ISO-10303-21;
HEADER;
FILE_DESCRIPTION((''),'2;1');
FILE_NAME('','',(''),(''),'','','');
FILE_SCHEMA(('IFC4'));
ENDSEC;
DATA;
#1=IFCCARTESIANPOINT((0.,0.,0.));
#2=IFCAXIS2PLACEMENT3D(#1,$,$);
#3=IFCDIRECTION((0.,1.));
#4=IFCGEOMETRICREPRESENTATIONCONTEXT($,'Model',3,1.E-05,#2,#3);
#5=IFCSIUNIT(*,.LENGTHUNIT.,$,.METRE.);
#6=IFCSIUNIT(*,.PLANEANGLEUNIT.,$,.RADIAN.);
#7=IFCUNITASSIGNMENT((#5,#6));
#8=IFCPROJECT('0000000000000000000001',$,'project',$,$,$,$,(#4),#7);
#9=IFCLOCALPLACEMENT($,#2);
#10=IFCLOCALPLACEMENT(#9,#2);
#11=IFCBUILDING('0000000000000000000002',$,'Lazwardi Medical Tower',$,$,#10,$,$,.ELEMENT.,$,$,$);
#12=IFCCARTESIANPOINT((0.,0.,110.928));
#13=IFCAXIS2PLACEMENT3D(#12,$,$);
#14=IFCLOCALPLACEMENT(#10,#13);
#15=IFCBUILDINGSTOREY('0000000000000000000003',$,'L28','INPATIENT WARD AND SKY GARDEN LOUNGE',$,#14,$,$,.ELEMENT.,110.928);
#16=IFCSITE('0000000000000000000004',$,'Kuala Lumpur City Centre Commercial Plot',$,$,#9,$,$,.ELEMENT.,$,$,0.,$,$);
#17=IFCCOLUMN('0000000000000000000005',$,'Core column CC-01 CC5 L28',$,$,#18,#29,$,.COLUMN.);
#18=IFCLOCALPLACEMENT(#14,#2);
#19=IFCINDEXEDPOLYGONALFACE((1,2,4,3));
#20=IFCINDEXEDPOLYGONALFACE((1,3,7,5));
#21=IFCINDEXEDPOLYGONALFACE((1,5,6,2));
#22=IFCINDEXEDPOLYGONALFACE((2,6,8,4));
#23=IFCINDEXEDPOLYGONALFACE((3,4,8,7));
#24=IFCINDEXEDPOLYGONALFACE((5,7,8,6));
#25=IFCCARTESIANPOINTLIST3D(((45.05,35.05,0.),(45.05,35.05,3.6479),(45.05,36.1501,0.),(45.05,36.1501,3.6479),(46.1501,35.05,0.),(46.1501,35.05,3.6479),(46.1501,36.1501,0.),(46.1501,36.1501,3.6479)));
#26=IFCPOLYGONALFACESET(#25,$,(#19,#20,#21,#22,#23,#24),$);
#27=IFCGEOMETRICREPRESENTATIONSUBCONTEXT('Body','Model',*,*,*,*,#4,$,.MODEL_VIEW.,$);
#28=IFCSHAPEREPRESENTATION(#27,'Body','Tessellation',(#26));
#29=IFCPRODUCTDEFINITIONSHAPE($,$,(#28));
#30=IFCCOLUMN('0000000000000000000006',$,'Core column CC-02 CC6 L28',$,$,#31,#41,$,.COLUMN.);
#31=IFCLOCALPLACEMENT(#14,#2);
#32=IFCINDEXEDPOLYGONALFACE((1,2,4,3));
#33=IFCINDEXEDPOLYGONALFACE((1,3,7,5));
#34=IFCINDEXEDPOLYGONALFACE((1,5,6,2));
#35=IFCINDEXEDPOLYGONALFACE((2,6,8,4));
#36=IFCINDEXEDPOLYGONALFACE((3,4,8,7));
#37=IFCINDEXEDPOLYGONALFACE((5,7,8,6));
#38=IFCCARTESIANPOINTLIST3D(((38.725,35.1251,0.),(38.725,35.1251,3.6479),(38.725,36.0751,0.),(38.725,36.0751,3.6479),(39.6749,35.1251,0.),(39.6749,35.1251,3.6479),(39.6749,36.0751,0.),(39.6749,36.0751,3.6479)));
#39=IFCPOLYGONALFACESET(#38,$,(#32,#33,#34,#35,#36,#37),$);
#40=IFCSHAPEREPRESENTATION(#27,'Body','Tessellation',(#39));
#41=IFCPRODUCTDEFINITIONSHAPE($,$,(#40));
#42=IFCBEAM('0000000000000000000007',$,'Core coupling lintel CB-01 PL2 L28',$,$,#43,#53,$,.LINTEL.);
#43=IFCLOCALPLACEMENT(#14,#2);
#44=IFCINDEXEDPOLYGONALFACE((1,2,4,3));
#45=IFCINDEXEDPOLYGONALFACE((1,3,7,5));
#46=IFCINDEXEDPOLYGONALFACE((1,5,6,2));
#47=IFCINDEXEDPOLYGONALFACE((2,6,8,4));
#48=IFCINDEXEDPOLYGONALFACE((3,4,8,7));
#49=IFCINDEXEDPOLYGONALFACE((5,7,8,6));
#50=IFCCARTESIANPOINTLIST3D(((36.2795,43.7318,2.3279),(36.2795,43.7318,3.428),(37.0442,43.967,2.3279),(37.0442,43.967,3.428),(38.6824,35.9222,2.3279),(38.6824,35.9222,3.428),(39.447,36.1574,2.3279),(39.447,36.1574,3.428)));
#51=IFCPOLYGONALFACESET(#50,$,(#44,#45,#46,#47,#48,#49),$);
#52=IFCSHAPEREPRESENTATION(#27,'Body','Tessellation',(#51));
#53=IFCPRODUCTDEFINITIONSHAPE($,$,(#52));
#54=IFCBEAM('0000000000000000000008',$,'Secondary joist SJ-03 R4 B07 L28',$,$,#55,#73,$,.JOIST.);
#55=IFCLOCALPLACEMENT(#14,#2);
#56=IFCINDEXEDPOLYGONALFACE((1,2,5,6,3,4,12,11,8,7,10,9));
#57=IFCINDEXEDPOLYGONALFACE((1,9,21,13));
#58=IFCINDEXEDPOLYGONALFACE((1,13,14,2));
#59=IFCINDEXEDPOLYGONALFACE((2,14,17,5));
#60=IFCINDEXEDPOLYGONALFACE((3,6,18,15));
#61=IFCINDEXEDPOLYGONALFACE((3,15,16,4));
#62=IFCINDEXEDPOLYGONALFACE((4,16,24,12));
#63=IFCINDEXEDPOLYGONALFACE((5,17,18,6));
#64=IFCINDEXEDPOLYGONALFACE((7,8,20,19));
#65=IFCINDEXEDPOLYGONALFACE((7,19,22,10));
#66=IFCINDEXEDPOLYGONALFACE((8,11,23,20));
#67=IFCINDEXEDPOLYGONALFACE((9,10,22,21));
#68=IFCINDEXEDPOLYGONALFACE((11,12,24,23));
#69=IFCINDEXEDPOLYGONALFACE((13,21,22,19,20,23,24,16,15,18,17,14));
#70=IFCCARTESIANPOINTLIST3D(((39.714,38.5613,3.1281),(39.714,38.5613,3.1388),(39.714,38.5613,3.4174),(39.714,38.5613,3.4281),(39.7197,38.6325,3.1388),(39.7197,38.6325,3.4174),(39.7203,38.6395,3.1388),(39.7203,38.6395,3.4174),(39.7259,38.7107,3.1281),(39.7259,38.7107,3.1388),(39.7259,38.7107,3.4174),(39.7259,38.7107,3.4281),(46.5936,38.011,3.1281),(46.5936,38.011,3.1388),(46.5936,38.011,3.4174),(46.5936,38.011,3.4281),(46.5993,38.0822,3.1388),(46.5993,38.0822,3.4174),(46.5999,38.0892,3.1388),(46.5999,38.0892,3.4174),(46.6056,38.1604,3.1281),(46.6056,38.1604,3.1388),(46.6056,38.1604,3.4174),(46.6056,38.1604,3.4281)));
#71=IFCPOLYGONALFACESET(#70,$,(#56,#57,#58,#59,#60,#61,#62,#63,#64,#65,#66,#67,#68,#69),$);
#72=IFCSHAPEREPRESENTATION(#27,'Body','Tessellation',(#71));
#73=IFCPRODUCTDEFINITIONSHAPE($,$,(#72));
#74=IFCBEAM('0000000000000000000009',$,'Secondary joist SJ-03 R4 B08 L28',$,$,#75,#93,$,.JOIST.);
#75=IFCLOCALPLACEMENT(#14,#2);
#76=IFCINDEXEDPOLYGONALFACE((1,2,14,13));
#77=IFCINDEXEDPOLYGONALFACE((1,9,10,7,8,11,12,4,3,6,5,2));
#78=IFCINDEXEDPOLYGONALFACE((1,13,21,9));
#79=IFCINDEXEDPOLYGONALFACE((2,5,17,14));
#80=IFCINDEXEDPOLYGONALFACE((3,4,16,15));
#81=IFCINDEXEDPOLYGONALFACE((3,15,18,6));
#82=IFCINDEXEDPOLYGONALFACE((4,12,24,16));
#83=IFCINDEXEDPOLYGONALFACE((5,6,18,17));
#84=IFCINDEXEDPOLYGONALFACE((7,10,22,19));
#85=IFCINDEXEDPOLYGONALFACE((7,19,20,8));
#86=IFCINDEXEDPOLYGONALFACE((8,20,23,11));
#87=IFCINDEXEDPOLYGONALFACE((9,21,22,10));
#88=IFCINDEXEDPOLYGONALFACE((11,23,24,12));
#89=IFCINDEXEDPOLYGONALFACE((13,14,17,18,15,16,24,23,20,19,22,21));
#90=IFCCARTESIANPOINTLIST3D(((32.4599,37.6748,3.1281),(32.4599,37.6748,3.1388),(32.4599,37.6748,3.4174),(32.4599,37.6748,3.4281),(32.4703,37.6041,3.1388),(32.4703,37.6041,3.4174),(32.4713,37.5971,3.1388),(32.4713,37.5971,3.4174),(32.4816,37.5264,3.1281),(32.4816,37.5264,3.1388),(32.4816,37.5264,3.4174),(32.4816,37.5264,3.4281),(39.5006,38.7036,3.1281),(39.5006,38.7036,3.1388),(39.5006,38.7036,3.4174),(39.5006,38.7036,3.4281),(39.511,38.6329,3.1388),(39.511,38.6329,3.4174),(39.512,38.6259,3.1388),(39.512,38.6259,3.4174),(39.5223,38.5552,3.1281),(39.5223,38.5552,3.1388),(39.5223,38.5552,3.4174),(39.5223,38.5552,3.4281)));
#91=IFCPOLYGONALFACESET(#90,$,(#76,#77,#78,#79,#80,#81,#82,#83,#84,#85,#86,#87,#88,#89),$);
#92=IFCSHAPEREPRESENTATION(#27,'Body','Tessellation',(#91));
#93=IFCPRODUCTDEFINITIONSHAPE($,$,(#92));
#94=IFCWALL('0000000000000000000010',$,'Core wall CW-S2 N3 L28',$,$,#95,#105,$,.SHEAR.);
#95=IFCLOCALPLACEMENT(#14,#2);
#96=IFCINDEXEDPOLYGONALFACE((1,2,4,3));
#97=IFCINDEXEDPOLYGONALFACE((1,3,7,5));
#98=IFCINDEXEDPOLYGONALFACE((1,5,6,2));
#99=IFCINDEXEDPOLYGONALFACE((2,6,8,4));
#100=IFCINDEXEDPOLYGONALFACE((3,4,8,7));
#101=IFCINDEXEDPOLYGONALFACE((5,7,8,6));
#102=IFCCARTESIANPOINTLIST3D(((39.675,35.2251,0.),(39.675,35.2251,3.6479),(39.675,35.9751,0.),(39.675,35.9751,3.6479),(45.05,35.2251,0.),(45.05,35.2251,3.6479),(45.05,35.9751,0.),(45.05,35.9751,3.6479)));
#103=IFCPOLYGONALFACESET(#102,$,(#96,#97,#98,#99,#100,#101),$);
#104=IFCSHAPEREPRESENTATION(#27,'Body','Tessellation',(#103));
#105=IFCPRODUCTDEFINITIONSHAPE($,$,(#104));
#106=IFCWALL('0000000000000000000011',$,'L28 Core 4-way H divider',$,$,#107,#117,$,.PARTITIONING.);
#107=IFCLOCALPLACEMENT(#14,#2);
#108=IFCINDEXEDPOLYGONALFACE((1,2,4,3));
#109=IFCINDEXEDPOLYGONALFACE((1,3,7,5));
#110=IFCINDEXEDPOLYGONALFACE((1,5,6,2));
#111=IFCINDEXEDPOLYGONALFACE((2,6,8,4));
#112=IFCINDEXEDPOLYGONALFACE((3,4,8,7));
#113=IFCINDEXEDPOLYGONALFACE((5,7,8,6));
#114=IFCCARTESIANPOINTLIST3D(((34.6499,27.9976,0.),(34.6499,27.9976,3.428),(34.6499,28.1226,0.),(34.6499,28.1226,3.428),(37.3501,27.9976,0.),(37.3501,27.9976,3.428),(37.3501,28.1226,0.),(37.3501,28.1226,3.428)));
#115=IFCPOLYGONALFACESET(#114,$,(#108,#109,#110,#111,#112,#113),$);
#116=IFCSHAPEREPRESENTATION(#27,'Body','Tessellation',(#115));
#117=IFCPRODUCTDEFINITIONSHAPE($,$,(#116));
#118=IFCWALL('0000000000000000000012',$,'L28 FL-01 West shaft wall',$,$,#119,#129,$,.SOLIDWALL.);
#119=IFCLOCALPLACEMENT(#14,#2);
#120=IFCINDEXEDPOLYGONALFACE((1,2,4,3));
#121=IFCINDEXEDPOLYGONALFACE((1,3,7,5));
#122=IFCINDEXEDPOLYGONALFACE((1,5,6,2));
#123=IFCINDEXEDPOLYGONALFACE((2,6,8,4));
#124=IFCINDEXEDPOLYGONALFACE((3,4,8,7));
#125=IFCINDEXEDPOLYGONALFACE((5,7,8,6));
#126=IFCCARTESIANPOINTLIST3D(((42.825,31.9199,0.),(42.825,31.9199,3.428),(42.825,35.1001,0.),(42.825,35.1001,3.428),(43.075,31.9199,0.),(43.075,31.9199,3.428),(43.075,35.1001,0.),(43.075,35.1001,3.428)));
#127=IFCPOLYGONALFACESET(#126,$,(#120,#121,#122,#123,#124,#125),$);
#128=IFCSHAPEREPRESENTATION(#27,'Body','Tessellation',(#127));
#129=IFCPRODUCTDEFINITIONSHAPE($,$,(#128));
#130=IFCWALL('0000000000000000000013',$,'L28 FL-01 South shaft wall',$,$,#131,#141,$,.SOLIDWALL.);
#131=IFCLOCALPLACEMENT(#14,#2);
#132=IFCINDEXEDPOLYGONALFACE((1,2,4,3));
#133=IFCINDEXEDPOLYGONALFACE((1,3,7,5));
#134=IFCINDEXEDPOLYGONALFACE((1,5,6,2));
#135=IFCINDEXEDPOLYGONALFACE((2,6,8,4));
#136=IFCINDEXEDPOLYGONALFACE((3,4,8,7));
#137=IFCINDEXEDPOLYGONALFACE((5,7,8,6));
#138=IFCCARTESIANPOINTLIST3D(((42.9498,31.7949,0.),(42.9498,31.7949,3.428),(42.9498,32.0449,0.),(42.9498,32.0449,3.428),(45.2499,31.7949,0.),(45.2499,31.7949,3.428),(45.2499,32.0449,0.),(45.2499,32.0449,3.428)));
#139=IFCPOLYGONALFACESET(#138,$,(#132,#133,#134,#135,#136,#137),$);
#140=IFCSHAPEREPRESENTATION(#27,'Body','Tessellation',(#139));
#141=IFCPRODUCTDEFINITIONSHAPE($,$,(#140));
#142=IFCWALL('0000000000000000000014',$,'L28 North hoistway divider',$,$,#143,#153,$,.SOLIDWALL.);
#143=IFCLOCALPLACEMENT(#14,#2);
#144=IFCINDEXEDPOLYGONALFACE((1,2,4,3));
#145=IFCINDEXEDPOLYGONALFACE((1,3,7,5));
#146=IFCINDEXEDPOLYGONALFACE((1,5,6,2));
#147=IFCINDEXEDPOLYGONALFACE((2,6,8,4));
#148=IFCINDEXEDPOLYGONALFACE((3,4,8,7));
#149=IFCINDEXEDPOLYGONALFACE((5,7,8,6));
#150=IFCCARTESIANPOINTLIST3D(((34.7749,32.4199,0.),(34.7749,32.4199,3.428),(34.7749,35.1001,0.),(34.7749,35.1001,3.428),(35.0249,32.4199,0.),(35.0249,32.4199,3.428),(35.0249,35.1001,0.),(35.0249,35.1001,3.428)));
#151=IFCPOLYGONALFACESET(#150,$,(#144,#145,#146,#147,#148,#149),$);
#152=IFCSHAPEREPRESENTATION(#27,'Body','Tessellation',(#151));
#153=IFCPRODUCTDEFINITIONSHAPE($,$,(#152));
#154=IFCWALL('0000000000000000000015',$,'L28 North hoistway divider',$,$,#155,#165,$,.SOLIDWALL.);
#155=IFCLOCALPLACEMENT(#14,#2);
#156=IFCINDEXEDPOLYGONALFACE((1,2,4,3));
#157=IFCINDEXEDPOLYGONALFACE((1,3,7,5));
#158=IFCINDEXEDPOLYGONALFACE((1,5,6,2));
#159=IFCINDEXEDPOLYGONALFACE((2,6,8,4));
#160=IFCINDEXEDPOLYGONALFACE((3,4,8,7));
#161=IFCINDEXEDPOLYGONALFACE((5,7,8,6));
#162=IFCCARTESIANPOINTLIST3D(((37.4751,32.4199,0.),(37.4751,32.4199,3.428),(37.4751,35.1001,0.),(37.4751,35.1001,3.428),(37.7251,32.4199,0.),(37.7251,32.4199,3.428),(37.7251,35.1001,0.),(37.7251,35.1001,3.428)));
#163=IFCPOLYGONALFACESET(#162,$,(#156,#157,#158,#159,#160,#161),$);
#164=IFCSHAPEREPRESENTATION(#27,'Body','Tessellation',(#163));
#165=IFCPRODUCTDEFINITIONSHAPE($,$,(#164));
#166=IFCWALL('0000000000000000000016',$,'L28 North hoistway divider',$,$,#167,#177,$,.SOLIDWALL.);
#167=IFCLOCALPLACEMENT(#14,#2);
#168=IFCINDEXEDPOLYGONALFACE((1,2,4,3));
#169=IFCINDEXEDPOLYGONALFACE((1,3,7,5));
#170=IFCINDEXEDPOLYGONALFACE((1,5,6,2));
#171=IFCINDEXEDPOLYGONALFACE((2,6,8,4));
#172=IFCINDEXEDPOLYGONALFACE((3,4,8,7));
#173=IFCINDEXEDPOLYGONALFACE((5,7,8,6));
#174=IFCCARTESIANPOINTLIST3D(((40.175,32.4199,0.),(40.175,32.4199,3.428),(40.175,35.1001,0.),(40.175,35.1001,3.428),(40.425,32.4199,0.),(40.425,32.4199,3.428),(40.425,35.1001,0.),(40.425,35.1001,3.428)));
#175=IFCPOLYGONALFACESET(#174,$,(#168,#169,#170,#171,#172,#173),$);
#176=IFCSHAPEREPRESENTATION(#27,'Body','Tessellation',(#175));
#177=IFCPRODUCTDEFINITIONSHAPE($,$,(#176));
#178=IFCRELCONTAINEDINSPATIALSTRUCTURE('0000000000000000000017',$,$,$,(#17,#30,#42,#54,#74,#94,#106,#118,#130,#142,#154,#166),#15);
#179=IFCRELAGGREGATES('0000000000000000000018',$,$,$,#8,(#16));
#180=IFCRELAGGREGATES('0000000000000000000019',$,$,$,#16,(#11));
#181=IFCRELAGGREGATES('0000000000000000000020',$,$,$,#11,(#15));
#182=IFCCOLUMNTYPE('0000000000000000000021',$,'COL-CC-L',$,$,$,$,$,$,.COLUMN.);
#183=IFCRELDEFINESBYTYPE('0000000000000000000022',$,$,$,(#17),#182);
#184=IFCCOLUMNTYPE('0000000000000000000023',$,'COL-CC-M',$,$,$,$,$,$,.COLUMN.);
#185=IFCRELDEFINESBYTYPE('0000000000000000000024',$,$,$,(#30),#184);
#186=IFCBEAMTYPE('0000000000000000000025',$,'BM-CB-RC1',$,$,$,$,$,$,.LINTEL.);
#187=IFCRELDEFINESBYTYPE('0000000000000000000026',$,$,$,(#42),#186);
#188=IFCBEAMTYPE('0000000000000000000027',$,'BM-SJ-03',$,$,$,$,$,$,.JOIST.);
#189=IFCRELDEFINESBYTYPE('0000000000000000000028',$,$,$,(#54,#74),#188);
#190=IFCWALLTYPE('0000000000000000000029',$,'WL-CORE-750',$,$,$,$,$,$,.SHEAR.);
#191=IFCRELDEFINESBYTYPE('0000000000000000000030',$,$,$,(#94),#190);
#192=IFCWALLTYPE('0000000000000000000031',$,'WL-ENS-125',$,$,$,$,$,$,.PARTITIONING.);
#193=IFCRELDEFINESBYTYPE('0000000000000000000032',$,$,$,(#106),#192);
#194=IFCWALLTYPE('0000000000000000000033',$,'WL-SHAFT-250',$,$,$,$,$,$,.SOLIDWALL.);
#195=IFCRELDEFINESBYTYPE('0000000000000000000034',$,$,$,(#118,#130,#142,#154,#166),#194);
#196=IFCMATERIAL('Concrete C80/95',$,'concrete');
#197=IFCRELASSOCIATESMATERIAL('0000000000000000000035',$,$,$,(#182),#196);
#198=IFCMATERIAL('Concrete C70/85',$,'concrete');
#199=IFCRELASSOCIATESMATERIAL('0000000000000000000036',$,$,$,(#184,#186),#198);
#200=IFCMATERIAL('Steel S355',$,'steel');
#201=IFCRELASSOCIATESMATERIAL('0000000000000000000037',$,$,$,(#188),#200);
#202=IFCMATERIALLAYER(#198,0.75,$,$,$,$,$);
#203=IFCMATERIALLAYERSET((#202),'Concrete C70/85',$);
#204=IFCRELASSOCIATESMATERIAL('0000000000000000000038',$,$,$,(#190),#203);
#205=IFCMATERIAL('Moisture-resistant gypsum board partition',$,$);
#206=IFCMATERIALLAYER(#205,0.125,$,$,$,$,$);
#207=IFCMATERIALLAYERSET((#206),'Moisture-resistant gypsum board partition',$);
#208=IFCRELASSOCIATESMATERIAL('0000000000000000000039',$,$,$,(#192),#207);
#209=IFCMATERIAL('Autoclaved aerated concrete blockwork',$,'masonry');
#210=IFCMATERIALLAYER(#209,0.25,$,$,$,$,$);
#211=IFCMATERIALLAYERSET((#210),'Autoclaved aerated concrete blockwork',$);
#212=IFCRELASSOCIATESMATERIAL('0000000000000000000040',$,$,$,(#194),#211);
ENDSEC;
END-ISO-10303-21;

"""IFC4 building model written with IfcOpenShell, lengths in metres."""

from ifc_helpers import new_model, si_unit, direction, frame, frame_2d, origin, origin_2d, place, context, subcontext, project, spatial, rectangle, i_section, extrude, material, layer, layer_set, material_profile, profile_set, type_object, element, save


model = new_model("IFC4")

# Units and contexts
model_context = context("Model", 3, precision=1e-05, world=origin(), true_north=direction((0.0, 1.0)))
body_context = subcontext(model_context, "Body", "Model", "MODEL_VIEW")
ifc_project = project(units=[si_unit("LENGTHUNIT", "METRE"), si_unit("PLANEANGLEUNIT", "RADIAN")], contexts=[model_context])

# Site, building, storey
site_placement = place(None, origin())
site = spatial("IfcSite", under=ifc_project, at=site_placement, Name="Kuala Lumpur City Centre Commercial Plot", CompositionType="ELEMENT", RefElevation=0.0)
building_placement = place(site_placement, origin())
building = spatial("IfcBuilding", under=site, at=building_placement, Name="Lazwardi Medical Tower", CompositionType="ELEMENT")
storey_placement = place(building_placement, frame((0.0, 0.0, 110.928)))
storey = spatial("IfcBuildingStorey", under=building, at=storey_placement, Name="L28", Description="INPATIENT WARD AND SKY GARDEN LOUNGE", CompositionType="ELEMENT", Elevation=110.928)

# Columns
ifc_material_1 = material(Name="Concrete C80/95", Category="concrete")
ifc_material_profile_1 = material_profile(ifc_material_1, rectangle(XDim=1.1001, YDim=1.1001, at=origin_2d()), Name="RC 1100x1100")
ifc_profile_set_1 = profile_set([ifc_material_profile_1], Name="Concrete C80/95")
column_type_1 = type_object("IfcColumnType", Name="COL-CC-L", PredefinedType="COLUMN", material=ifc_profile_set_1)
column_1_placement = place(storey_placement, frame((45.6001, 35.6001, 0.0), z_axis=(0.0, 0.0, 1.0), x_axis=(1.0, 0.0, 0.0)))
element("IfcColumn", 1, at=column_1_placement, inside=storey, type_object=column_type_1, Name="Core column CC-01 CC5 L28", PredefinedType="COLUMN", context=body_context, shape_type="SweptSolid", body=[
    extrude(rectangle(XDim=1.1001, YDim=1.1001, at=origin_2d()), origin(), (0.0, 0.0, 1.0), 3.6479),
])
ifc_material_2 = material(Name="Concrete C70/85", Category="concrete")
ifc_material_profile_2 = material_profile(ifc_material_2, rectangle(XDim=0.95, YDim=0.95, at=origin_2d()), Name="RC 950x950")
ifc_profile_set_2 = profile_set([ifc_material_profile_2], Name="Concrete C70/85")
column_type_2 = type_object("IfcColumnType", Name="COL-CC-M", PredefinedType="COLUMN", material=ifc_profile_set_2)
column_2_placement = place(storey_placement, frame((39.2, 35.6001, 0.0), z_axis=(0.0, 0.0, 1.0), x_axis=(1.0, 0.0, 0.0)))
element("IfcColumn", 2, at=column_2_placement, inside=storey, type_object=column_type_2, Name="Core column CC-02 CC6 L28", PredefinedType="COLUMN", context=body_context, shape_type="SweptSolid", body=[
    extrude(rectangle(XDim=0.95, YDim=0.95, at=origin_2d()), origin(), (0.0, 0.0, 1.0), 3.6479),
])

# Beams
ifc_material_profile_3 = material_profile(ifc_material_2, rectangle(XDim=0.8, YDim=1.1001, at=origin_2d()), Name="RC 800x1100")
ifc_profile_set_3 = profile_set([ifc_material_profile_3], Name="Concrete C70/85")
beam_type_1 = type_object("IfcBeamType", Name="BM-CB-RC1", PredefinedType="LINTEL", material=ifc_profile_set_3)
beam_1_placement = place(storey_placement, frame((39.0647, 36.0398, 2.8779), z_axis=(-0.294073, 0.955783, 0.0), x_axis=(-0.955783, -0.294073, 0.0)))
element("IfcBeam", 3, at=beam_1_placement, inside=storey, type_object=beam_type_1, Name="Core coupling lintel CB-01 PL2 L28", PredefinedType="LINTEL", context=body_context, shape_type="SweptSolid", body=[
    extrude(rectangle(XDim=0.8, YDim=1.1001, at=origin_2d()), origin(), (0.0, 0.0, 1.0), 8.1709),
])
ifc_material_3 = material(Name="Steel S355", Category="steel")
ifc_material_profile_4 = material_profile(ifc_material_3, i_section(OverallWidth=0.1499, OverallDepth=0.3, WebThickness=0.0071, FlangeThickness=0.0107, at=origin_2d()), Name="IPE 300")
ifc_profile_set_4 = profile_set([ifc_material_profile_4], Name="Steel S355")
beam_type_2 = type_object("IfcBeamType", Name="BM-SJ-03", PredefinedType="JOIST", material=ifc_profile_set_4)
beam_2_placement = place(storey_placement, frame((46.5996, 38.0857, 3.2781), z_axis=(-0.996816, 0.079734, 0.0), x_axis=(-0.079734, -0.996816, 0.0)))
element("IfcBeam", 4, at=beam_2_placement, inside=storey, type_object=beam_type_2, Name="Secondary joist SJ-03 R4 B07 L28", PredefinedType="JOIST", context=body_context, shape_type="SweptSolid", body=[
    extrude(i_section(OverallWidth=0.1499, OverallDepth=0.3, WebThickness=0.0071, FlangeThickness=0.0107, at=origin_2d()), origin(), (0.0, 0.0, 1.0), 6.9016),
])
beam_3_placement = place(storey_placement, frame((39.5115, 38.6294, 3.2781), z_axis=(-0.989492, -0.144586, 0.0), x_axis=(0.144586, -0.989492, 0.0)))
element("IfcBeam", 5, at=beam_3_placement, inside=storey, type_object=beam_type_2, Name="Secondary joist SJ-03 R4 B08 L28", PredefinedType="JOIST", context=body_context, shape_type="SweptSolid", body=[
    extrude(i_section(OverallWidth=0.1499, OverallDepth=0.3, WebThickness=0.0071, FlangeThickness=0.0107, at=origin_2d()), origin(), (0.0, 0.0, 1.0), 7.1155),
])

# Walls
ifc_layer_1 = layer(ifc_material_2, 0.75)
ifc_layer_set_1 = layer_set([ifc_layer_1], Name="Concrete C70/85")
wall_type_1 = type_object("IfcWallType", Name="WL-CORE-750", PredefinedType="SHEAR", material=ifc_layer_set_1)
wall_1_placement = place(storey_placement, frame((39.675, 35.6001, 0.0), z_axis=(0.0, 0.0, 1.0), x_axis=(1.0, 0.0, 0.0)))
element("IfcWall", 6, at=wall_1_placement, inside=storey, type_object=wall_type_1, Name="Core wall CW-S2 N3 L28", PredefinedType="SHEAR", context=body_context, shape_type="SweptSolid", body=[
    extrude(rectangle(XDim=5.375, YDim=0.75, at=frame_2d((2.6875, 0.0))), origin(), (0.0, 0.0, 1.0), 3.6479),
])
ifc_material_4 = material(Name="Moisture-resistant gypsum board partition")
ifc_layer_2 = layer(ifc_material_4, 0.125)
ifc_layer_set_2 = layer_set([ifc_layer_2], Name="Moisture-resistant gypsum board partition")
wall_type_2 = type_object("IfcWallType", Name="WL-ENS-125", PredefinedType="PARTITIONING", material=ifc_layer_set_2)
wall_2_placement = place(storey_placement, frame((34.6499, 28.0601, 0.0), z_axis=(0.0, 0.0, 1.0), x_axis=(1.0, 0.0, 0.0)))
element("IfcWall", 7, at=wall_2_placement, inside=storey, type_object=wall_type_2, Name="L28 Core 4-way H divider", PredefinedType="PARTITIONING", context=body_context, shape_type="SweptSolid", body=[
    extrude(rectangle(XDim=2.7002, YDim=0.125, at=frame_2d((1.3501, 0.0))), origin(), (0.0, 0.0, 1.0), 3.428),
])
ifc_material_5 = material(Name="Autoclaved aerated concrete blockwork", Category="masonry")
ifc_layer_3 = layer(ifc_material_5, 0.25)
ifc_layer_set_3 = layer_set([ifc_layer_3], Name="Autoclaved aerated concrete blockwork")
wall_type_3 = type_object("IfcWallType", Name="WL-SHAFT-250", PredefinedType="SOLIDWALL", material=ifc_layer_set_3)
wall_3_placement = place(storey_placement, frame((42.95, 31.9199, 0.0), z_axis=(0.0, 0.0, 1.0), x_axis=(0.0, 1.0, 0.0)))
element("IfcWall", 8, at=wall_3_placement, inside=storey, type_object=wall_type_3, Name="L28 FL-01 West shaft wall", PredefinedType="SOLIDWALL", context=body_context, shape_type="SweptSolid", body=[
    extrude(rectangle(XDim=3.1802, YDim=0.25, at=frame_2d((1.5901, 0.0))), origin(), (0.0, 0.0, 1.0), 3.428),
])
wall_4_placement = place(storey_placement, frame((42.95, 31.9199, 0.0), z_axis=(0.0, 0.0, 1.0), x_axis=(1.0, 0.0, 0.0)))
element("IfcWall", 9, at=wall_4_placement, inside=storey, type_object=wall_type_3, Name="L28 FL-01 South shaft wall", PredefinedType="SOLIDWALL", context=body_context, shape_type="SweptSolid", body=[
    extrude(rectangle(XDim=2.3, YDim=0.25, at=frame_2d((1.1499, 0.0))), origin(), (0.0, 0.0, 1.0), 3.428),
])
for number, where, z_axis, x_axis, name in (
    (10, (34.8999, 32.4199, 0.0), (0.0, 0.0, 1.0), (0.0, 1.0, 0.0), "L28 North hoistway divider"),
    (11, (37.6001, 32.4199, 0.0), (0.0, 0.0, 1.0), (0.0, 1.0, 0.0), "L28 North hoistway divider"),
    (12, (40.3, 32.4199, 0.0), (0.0, 0.0, 1.0), (0.0, 1.0, 0.0), "L28 North hoistway divider"),
):
    element("IfcWall", number, at=place(storey_placement, frame(where, z_axis=z_axis, x_axis=x_axis)), inside=storey, type_object=wall_type_3, Name=name, PredefinedType="SOLIDWALL", context=body_context, shape_type="SweptSolid", body=[
        extrude(rectangle(XDim=2.6802, YDim=0.25, at=frame_2d((1.3401, 0.0))), origin(), (0.0, 0.0, 1.0), 3.428),
    ])

save(model, "model.ifc")
